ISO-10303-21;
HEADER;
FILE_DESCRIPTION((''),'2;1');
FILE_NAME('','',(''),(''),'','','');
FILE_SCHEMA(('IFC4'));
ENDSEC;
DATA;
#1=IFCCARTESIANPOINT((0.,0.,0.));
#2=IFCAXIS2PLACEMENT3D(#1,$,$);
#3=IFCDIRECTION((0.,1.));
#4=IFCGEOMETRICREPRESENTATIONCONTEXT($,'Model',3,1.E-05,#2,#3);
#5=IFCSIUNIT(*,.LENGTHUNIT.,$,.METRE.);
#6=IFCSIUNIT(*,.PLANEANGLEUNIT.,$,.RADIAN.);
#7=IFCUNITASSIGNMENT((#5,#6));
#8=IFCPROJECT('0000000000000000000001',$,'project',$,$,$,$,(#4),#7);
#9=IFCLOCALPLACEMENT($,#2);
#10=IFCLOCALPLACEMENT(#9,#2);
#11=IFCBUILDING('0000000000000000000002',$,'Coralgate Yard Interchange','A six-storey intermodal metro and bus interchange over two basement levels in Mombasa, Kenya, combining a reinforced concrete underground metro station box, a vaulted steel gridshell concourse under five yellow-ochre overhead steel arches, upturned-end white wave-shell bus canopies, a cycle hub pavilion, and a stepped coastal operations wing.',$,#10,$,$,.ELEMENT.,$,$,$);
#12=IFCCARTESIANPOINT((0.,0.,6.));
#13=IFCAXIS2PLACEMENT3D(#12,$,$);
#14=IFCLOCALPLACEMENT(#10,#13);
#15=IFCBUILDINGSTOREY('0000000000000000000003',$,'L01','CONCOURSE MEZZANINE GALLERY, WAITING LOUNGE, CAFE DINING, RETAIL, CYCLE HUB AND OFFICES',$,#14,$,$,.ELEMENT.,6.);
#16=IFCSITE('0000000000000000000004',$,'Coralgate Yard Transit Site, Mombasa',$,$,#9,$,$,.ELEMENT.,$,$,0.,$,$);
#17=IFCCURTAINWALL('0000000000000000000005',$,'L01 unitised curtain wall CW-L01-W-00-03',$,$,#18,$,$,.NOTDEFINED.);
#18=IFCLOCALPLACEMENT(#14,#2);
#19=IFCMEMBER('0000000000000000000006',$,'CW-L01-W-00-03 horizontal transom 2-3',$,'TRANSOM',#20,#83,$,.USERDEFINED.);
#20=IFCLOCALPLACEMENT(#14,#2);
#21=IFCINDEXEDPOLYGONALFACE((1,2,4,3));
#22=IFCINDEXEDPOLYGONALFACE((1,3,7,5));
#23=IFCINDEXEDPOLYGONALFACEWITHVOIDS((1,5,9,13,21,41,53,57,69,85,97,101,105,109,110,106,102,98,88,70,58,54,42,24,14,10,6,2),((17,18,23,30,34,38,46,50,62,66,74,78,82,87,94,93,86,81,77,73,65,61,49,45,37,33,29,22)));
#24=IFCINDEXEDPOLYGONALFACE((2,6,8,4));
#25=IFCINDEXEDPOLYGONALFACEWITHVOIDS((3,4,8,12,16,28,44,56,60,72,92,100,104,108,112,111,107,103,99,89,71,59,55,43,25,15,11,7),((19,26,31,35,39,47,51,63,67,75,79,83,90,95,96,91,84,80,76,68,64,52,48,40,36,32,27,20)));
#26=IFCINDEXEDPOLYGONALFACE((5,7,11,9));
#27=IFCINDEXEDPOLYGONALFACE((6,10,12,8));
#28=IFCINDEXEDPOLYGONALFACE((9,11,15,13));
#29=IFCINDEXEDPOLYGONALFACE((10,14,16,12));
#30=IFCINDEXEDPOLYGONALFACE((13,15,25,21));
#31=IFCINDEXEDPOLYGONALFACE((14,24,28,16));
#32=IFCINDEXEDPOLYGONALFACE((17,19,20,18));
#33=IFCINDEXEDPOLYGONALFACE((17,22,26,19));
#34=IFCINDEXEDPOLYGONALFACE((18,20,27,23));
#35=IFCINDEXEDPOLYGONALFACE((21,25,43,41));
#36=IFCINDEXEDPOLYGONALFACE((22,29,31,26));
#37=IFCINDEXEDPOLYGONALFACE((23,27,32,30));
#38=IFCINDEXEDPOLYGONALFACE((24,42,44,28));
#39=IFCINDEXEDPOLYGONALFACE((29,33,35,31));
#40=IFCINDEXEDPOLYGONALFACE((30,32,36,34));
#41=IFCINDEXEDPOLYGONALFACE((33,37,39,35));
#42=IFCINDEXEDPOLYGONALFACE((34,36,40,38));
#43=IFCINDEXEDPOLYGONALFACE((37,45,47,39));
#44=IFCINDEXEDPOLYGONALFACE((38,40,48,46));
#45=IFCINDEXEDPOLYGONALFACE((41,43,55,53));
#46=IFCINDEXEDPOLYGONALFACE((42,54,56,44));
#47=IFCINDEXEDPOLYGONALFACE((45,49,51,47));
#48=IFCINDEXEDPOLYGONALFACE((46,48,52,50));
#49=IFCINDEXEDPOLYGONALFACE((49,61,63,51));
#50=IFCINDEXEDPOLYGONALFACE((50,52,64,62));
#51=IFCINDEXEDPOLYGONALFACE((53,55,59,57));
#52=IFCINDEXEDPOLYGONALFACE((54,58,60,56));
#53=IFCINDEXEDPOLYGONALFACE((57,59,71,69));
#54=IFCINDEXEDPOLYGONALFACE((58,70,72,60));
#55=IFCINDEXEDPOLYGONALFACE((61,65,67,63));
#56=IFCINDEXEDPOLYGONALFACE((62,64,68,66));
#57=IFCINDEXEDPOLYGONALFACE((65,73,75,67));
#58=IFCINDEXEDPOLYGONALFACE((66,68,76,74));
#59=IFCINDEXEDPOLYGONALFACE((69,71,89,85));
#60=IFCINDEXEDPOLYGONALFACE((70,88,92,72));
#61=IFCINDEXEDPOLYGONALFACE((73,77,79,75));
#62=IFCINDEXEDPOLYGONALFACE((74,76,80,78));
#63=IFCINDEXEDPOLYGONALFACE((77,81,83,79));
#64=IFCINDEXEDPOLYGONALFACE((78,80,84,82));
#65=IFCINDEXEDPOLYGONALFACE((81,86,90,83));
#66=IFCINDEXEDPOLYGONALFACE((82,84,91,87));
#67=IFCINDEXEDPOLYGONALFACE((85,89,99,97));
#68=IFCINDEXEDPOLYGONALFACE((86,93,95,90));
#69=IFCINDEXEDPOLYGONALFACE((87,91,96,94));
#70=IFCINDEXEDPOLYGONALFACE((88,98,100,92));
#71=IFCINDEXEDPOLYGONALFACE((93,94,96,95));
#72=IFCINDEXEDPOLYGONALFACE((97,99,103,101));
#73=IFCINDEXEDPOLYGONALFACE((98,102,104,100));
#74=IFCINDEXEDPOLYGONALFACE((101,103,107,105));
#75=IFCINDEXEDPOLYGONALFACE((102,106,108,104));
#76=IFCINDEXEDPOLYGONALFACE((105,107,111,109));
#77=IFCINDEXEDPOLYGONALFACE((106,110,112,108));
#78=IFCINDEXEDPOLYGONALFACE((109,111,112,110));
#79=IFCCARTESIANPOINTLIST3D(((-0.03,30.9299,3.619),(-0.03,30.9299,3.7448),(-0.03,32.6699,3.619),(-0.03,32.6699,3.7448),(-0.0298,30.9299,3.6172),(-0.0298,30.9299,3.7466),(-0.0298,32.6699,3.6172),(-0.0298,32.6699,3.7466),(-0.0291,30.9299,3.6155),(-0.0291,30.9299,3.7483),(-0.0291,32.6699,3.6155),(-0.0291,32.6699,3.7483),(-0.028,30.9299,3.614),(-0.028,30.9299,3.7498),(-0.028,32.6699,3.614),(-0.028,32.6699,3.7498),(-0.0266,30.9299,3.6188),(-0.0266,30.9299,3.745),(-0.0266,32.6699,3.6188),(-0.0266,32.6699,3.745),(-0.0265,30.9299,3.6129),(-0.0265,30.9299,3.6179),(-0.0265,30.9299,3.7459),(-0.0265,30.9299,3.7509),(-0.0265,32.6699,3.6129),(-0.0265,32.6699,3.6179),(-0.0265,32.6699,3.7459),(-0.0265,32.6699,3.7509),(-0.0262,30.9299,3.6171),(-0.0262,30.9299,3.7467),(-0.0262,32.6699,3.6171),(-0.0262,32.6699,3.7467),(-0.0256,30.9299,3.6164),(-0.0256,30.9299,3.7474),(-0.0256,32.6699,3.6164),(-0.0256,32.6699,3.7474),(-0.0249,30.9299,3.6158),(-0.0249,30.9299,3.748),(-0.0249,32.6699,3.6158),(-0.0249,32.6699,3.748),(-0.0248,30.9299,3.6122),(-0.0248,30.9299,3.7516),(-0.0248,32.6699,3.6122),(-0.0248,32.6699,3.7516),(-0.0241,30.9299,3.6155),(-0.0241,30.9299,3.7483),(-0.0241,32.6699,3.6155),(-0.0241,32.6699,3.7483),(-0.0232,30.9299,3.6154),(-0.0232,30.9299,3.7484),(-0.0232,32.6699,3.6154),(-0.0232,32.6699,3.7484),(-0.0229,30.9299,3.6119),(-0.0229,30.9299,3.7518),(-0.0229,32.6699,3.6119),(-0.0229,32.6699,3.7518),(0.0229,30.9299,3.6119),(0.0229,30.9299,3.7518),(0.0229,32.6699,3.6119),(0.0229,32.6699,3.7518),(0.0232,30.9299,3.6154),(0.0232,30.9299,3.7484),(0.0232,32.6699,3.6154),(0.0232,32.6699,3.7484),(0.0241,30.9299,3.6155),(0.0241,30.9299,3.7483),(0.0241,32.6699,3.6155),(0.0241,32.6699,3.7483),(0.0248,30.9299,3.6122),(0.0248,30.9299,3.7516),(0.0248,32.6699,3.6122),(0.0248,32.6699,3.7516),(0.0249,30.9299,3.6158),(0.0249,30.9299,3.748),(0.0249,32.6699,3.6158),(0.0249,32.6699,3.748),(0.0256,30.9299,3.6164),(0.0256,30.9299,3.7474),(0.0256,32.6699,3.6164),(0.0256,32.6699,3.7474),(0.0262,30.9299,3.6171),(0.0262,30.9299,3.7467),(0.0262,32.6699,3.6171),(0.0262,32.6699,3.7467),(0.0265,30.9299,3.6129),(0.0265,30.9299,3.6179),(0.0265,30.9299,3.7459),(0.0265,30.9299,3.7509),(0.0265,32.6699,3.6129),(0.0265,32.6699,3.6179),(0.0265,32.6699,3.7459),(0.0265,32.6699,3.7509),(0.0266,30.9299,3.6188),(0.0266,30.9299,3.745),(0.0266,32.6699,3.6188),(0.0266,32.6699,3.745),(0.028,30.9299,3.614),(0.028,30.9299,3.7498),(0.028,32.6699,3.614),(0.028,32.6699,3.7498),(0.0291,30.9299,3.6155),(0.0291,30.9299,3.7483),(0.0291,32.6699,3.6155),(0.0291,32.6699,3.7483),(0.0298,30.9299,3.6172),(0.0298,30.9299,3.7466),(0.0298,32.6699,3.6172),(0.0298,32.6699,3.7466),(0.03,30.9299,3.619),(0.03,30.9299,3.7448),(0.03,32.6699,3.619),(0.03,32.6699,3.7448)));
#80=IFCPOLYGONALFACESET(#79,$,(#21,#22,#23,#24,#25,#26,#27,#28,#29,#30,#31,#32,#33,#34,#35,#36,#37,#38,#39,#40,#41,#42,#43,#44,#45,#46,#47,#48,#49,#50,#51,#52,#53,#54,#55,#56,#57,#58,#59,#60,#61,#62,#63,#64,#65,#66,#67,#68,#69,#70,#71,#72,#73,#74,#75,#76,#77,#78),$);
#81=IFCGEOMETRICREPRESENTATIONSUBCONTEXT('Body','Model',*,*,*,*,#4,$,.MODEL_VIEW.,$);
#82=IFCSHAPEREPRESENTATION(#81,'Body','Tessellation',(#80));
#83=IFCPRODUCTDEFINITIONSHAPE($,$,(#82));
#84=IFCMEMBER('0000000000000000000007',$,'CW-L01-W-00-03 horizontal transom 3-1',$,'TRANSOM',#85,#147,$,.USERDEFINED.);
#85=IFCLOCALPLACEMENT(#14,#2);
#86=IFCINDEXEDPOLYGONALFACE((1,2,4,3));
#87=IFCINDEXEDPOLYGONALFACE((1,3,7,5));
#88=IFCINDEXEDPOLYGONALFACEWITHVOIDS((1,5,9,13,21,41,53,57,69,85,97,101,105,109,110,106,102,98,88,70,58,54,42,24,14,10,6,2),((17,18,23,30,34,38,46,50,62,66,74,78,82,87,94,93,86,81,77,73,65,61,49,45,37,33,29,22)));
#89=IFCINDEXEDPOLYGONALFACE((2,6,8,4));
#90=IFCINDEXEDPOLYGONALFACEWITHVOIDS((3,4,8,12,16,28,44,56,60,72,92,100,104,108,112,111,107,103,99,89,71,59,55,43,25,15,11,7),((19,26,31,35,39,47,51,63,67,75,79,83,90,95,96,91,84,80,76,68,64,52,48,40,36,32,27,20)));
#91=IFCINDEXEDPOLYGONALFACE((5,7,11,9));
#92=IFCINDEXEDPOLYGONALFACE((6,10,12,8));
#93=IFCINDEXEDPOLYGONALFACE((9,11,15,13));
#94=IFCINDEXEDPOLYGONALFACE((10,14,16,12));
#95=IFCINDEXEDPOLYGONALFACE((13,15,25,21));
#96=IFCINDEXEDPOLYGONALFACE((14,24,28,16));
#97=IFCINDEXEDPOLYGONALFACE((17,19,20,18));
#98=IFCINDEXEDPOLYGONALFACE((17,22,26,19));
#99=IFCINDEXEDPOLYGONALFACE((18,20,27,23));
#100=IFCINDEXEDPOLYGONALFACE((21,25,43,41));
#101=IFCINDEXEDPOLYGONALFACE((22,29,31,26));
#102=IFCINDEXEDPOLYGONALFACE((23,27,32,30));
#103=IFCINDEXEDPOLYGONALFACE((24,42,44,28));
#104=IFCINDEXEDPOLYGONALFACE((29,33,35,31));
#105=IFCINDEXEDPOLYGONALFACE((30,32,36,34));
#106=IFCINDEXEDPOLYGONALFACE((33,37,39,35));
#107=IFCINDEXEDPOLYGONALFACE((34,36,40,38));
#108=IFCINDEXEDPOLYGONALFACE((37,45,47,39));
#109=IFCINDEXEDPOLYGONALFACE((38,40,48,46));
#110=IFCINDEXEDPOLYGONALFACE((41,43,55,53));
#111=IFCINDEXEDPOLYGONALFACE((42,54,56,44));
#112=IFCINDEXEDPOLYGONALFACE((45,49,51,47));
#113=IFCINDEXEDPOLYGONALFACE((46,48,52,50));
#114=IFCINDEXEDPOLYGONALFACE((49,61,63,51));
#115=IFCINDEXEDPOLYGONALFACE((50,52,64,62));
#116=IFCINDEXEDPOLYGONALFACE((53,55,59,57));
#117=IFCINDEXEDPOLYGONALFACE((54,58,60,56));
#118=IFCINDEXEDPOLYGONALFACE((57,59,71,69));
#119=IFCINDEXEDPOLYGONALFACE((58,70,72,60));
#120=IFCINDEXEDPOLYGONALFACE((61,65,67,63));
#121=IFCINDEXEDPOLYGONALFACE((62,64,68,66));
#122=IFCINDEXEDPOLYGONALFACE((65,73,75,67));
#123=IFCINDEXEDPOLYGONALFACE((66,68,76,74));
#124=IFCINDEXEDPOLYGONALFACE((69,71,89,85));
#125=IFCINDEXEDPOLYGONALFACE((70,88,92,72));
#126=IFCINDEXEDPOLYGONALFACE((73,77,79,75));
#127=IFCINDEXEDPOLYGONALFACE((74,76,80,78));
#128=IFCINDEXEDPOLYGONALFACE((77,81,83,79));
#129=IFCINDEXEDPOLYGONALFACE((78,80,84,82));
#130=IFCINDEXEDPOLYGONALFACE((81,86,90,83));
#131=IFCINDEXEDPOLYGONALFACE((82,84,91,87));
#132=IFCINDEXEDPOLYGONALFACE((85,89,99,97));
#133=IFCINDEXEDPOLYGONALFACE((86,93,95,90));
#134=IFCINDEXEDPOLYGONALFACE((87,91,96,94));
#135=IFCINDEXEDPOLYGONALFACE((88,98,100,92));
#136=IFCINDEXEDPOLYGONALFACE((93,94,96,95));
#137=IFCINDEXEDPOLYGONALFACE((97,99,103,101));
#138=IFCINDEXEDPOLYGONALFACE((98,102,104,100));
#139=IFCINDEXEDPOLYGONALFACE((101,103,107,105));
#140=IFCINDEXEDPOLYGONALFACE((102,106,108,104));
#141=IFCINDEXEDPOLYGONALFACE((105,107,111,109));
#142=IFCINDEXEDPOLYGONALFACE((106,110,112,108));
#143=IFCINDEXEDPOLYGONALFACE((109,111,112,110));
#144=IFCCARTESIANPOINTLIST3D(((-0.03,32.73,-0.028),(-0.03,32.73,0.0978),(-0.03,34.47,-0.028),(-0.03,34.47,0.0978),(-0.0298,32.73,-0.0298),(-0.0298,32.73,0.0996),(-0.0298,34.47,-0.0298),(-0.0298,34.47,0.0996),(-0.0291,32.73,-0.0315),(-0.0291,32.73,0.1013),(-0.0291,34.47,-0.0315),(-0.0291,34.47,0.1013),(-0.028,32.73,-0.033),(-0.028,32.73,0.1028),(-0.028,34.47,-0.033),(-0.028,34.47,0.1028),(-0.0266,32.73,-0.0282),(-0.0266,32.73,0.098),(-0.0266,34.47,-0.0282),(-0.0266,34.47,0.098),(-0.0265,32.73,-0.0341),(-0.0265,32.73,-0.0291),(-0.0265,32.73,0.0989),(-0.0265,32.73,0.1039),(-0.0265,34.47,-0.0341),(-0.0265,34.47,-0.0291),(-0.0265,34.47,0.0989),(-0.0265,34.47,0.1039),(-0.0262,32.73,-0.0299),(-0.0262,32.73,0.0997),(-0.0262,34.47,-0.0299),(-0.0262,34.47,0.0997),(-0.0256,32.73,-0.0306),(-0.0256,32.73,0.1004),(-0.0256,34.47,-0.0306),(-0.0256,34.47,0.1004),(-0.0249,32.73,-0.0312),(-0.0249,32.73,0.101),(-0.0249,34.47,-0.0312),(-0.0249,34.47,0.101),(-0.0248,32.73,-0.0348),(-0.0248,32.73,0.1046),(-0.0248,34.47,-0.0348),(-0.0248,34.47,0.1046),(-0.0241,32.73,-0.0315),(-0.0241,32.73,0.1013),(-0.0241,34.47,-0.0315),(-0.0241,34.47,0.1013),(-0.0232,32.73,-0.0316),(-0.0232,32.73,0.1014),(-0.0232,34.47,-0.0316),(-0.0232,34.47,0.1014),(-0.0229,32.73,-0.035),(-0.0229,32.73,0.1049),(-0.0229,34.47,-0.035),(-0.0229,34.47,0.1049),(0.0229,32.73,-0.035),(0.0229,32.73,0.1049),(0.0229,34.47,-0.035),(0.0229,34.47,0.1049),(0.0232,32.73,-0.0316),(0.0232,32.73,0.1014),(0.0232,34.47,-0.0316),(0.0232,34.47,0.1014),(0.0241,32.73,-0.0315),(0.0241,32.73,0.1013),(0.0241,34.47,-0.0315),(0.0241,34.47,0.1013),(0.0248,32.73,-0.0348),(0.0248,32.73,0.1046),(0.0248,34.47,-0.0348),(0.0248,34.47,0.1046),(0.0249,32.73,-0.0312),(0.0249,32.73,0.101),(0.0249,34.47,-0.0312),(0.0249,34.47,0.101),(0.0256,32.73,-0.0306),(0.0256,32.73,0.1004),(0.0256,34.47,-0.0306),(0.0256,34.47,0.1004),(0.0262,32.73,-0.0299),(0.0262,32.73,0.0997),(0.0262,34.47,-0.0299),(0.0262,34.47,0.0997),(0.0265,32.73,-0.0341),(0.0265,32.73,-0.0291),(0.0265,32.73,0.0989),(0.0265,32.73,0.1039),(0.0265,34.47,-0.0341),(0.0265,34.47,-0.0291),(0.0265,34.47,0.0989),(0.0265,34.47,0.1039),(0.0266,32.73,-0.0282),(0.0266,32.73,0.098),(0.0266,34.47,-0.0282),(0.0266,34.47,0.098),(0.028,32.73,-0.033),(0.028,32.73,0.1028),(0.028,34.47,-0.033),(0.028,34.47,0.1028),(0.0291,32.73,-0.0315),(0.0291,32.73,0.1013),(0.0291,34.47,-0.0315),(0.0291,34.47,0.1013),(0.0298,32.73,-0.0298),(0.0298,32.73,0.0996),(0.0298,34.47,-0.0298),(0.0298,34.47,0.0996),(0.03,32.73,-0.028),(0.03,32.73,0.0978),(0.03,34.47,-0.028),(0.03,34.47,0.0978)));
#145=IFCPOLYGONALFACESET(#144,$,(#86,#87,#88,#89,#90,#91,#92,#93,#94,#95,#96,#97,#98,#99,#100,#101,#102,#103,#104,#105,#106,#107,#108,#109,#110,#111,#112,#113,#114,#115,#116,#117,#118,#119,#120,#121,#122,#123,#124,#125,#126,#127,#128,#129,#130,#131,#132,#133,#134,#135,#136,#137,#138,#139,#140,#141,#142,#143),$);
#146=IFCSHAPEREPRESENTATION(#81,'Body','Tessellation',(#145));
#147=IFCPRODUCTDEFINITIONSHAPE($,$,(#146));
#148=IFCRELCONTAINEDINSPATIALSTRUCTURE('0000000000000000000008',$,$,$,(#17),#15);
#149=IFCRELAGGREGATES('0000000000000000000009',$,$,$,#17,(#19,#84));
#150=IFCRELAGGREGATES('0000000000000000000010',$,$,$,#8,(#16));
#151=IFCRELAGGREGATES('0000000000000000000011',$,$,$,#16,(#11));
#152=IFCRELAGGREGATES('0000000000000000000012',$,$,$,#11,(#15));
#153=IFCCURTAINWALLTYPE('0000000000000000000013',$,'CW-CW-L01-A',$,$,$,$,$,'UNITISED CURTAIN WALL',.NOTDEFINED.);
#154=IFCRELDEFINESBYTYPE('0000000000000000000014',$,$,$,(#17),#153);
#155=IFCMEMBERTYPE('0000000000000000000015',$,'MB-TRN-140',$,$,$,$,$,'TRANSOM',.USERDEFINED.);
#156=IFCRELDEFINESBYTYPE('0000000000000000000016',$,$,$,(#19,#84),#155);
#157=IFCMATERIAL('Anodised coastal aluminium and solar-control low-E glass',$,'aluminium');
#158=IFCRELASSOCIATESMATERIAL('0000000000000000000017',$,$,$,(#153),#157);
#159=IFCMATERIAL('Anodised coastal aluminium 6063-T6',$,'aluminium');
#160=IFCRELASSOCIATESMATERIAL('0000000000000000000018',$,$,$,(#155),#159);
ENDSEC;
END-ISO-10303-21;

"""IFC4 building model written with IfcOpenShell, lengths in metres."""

from ifc_helpers import new_model, si_unit, direction, frame, origin, origin_2d, place, context, subcontext, project, spatial, hollow_rectangle, extrude, material, material_profile, profile_set, type_object, element, aggregate, save


model = new_model("IFC4")

# Units and contexts
model_context = context("Model", 3, precision=1e-05, world=origin(), true_north=direction((0.0, 1.0)))
body_context = subcontext(model_context, "Body", "Model", "MODEL_VIEW")
ifc_project = project(units=[si_unit("LENGTHUNIT", "METRE"), si_unit("PLANEANGLEUNIT", "RADIAN")], contexts=[model_context])

# Site, building, storey
site_placement = place(None, origin())
site = spatial("IfcSite", under=ifc_project, at=site_placement, Name="Coralgate Yard Transit Site, Mombasa", CompositionType="ELEMENT", RefElevation=0.0)
building_placement = place(site_placement, origin())
building = spatial("IfcBuilding", under=site, at=building_placement, Name="Coralgate Yard Interchange", Description="A six-storey intermodal metro and bus interchange over two basement levels in Mombasa, Kenya, combining a reinforced concrete underground metro station box, a vaulted steel gridshell concourse under five yellow-ochre overhead steel arches, upturned-end white wave-shell bus canopies, a cycle hub pavilion, and a stepped coastal operations wing.", CompositionType="ELEMENT")
storey_placement = place(building_placement, frame((0.0, 0.0, 6.0)))
storey = spatial("IfcBuildingStorey", under=building, at=storey_placement, Name="L01", Description="CONCOURSE MEZZANINE GALLERY, WAITING LOUNGE, CAFE DINING, RETAIL, CYCLE HUB AND OFFICES", CompositionType="ELEMENT", Elevation=6.0)

# Curtain wall, members
ifc_material_1 = material(Name="Anodised coastal aluminium and solar-control low-E glass", Category="aluminium")
curtain_wall_type = type_object("IfcCurtainWallType", Name="CW-CW-L01-A", ElementType="UNITISED CURTAIN WALL", PredefinedType="NOTDEFINED", material=ifc_material_1)
curtain_wall_placement = place(storey_placement, origin())
curtain_wall = element("IfcCurtainWall", 1, at=curtain_wall_placement, inside=storey, type_object=curtain_wall_type, Name="L01 unitised curtain wall CW-L01-W-00-03", PredefinedType="NOTDEFINED")
ifc_material_2 = material(Name="Anodised coastal aluminium 6063-T6", Category="aluminium")
ifc_material_profile_1 = material_profile(ifc_material_2, hollow_rectangle(XDim=0.0601, YDim=0.1399, WallThickness=0.0034, InnerFilletRadius=0.0034, OuterFilletRadius=0.0071, at=origin_2d()), Name="ALU 60x140x3.5")
ifc_profile_set_1 = profile_set([ifc_material_profile_1], Name="Anodised coastal aluminium 6063-T6")
member_type_1 = type_object("IfcMemberType", Name="MB-TRN-140", ElementType="TRANSOM", PredefinedType="USERDEFINED", material=ifc_profile_set_1)
member_1_placement = place(storey_placement, frame((0.0, 30.9299, 3.6819), z_axis=(0.0, 1.0, 0.0), x_axis=(-1.0, 0.0, 0.0)))
member_1 = element("IfcMember", 2, at=member_1_placement, type_object=member_type_1, Name="CW-L01-W-00-03 horizontal transom 2-3", ObjectType="TRANSOM", PredefinedType="USERDEFINED", context=body_context, shape_type="SweptSolid", body=[
    extrude(hollow_rectangle(XDim=0.0601, YDim=0.1399, WallThickness=0.0034, InnerFilletRadius=0.0034, OuterFilletRadius=0.0071, at=origin_2d()), origin(), (0.0, 0.0, 1.0), 1.74),
])
member_2_placement = place(storey_placement, frame((0.0, 32.73, 0.0349), z_axis=(0.0, 1.0, 0.0), x_axis=(-1.0, 0.0, 0.0)))
member_2 = element("IfcMember", 3, at=member_2_placement, type_object=member_type_1, Name="CW-L01-W-00-03 horizontal transom 3-1", ObjectType="TRANSOM", PredefinedType="USERDEFINED", context=body_context, shape_type="SweptSolid", body=[
    extrude(hollow_rectangle(XDim=0.0601, YDim=0.1399, WallThickness=0.0034, InnerFilletRadius=0.0034, OuterFilletRadius=0.0071, at=origin_2d()), origin(), (0.0, 0.0, 1.0), 1.74),
])
aggregate(curtain_wall, [member_1, member_2])

save(model, "model.ifc")
